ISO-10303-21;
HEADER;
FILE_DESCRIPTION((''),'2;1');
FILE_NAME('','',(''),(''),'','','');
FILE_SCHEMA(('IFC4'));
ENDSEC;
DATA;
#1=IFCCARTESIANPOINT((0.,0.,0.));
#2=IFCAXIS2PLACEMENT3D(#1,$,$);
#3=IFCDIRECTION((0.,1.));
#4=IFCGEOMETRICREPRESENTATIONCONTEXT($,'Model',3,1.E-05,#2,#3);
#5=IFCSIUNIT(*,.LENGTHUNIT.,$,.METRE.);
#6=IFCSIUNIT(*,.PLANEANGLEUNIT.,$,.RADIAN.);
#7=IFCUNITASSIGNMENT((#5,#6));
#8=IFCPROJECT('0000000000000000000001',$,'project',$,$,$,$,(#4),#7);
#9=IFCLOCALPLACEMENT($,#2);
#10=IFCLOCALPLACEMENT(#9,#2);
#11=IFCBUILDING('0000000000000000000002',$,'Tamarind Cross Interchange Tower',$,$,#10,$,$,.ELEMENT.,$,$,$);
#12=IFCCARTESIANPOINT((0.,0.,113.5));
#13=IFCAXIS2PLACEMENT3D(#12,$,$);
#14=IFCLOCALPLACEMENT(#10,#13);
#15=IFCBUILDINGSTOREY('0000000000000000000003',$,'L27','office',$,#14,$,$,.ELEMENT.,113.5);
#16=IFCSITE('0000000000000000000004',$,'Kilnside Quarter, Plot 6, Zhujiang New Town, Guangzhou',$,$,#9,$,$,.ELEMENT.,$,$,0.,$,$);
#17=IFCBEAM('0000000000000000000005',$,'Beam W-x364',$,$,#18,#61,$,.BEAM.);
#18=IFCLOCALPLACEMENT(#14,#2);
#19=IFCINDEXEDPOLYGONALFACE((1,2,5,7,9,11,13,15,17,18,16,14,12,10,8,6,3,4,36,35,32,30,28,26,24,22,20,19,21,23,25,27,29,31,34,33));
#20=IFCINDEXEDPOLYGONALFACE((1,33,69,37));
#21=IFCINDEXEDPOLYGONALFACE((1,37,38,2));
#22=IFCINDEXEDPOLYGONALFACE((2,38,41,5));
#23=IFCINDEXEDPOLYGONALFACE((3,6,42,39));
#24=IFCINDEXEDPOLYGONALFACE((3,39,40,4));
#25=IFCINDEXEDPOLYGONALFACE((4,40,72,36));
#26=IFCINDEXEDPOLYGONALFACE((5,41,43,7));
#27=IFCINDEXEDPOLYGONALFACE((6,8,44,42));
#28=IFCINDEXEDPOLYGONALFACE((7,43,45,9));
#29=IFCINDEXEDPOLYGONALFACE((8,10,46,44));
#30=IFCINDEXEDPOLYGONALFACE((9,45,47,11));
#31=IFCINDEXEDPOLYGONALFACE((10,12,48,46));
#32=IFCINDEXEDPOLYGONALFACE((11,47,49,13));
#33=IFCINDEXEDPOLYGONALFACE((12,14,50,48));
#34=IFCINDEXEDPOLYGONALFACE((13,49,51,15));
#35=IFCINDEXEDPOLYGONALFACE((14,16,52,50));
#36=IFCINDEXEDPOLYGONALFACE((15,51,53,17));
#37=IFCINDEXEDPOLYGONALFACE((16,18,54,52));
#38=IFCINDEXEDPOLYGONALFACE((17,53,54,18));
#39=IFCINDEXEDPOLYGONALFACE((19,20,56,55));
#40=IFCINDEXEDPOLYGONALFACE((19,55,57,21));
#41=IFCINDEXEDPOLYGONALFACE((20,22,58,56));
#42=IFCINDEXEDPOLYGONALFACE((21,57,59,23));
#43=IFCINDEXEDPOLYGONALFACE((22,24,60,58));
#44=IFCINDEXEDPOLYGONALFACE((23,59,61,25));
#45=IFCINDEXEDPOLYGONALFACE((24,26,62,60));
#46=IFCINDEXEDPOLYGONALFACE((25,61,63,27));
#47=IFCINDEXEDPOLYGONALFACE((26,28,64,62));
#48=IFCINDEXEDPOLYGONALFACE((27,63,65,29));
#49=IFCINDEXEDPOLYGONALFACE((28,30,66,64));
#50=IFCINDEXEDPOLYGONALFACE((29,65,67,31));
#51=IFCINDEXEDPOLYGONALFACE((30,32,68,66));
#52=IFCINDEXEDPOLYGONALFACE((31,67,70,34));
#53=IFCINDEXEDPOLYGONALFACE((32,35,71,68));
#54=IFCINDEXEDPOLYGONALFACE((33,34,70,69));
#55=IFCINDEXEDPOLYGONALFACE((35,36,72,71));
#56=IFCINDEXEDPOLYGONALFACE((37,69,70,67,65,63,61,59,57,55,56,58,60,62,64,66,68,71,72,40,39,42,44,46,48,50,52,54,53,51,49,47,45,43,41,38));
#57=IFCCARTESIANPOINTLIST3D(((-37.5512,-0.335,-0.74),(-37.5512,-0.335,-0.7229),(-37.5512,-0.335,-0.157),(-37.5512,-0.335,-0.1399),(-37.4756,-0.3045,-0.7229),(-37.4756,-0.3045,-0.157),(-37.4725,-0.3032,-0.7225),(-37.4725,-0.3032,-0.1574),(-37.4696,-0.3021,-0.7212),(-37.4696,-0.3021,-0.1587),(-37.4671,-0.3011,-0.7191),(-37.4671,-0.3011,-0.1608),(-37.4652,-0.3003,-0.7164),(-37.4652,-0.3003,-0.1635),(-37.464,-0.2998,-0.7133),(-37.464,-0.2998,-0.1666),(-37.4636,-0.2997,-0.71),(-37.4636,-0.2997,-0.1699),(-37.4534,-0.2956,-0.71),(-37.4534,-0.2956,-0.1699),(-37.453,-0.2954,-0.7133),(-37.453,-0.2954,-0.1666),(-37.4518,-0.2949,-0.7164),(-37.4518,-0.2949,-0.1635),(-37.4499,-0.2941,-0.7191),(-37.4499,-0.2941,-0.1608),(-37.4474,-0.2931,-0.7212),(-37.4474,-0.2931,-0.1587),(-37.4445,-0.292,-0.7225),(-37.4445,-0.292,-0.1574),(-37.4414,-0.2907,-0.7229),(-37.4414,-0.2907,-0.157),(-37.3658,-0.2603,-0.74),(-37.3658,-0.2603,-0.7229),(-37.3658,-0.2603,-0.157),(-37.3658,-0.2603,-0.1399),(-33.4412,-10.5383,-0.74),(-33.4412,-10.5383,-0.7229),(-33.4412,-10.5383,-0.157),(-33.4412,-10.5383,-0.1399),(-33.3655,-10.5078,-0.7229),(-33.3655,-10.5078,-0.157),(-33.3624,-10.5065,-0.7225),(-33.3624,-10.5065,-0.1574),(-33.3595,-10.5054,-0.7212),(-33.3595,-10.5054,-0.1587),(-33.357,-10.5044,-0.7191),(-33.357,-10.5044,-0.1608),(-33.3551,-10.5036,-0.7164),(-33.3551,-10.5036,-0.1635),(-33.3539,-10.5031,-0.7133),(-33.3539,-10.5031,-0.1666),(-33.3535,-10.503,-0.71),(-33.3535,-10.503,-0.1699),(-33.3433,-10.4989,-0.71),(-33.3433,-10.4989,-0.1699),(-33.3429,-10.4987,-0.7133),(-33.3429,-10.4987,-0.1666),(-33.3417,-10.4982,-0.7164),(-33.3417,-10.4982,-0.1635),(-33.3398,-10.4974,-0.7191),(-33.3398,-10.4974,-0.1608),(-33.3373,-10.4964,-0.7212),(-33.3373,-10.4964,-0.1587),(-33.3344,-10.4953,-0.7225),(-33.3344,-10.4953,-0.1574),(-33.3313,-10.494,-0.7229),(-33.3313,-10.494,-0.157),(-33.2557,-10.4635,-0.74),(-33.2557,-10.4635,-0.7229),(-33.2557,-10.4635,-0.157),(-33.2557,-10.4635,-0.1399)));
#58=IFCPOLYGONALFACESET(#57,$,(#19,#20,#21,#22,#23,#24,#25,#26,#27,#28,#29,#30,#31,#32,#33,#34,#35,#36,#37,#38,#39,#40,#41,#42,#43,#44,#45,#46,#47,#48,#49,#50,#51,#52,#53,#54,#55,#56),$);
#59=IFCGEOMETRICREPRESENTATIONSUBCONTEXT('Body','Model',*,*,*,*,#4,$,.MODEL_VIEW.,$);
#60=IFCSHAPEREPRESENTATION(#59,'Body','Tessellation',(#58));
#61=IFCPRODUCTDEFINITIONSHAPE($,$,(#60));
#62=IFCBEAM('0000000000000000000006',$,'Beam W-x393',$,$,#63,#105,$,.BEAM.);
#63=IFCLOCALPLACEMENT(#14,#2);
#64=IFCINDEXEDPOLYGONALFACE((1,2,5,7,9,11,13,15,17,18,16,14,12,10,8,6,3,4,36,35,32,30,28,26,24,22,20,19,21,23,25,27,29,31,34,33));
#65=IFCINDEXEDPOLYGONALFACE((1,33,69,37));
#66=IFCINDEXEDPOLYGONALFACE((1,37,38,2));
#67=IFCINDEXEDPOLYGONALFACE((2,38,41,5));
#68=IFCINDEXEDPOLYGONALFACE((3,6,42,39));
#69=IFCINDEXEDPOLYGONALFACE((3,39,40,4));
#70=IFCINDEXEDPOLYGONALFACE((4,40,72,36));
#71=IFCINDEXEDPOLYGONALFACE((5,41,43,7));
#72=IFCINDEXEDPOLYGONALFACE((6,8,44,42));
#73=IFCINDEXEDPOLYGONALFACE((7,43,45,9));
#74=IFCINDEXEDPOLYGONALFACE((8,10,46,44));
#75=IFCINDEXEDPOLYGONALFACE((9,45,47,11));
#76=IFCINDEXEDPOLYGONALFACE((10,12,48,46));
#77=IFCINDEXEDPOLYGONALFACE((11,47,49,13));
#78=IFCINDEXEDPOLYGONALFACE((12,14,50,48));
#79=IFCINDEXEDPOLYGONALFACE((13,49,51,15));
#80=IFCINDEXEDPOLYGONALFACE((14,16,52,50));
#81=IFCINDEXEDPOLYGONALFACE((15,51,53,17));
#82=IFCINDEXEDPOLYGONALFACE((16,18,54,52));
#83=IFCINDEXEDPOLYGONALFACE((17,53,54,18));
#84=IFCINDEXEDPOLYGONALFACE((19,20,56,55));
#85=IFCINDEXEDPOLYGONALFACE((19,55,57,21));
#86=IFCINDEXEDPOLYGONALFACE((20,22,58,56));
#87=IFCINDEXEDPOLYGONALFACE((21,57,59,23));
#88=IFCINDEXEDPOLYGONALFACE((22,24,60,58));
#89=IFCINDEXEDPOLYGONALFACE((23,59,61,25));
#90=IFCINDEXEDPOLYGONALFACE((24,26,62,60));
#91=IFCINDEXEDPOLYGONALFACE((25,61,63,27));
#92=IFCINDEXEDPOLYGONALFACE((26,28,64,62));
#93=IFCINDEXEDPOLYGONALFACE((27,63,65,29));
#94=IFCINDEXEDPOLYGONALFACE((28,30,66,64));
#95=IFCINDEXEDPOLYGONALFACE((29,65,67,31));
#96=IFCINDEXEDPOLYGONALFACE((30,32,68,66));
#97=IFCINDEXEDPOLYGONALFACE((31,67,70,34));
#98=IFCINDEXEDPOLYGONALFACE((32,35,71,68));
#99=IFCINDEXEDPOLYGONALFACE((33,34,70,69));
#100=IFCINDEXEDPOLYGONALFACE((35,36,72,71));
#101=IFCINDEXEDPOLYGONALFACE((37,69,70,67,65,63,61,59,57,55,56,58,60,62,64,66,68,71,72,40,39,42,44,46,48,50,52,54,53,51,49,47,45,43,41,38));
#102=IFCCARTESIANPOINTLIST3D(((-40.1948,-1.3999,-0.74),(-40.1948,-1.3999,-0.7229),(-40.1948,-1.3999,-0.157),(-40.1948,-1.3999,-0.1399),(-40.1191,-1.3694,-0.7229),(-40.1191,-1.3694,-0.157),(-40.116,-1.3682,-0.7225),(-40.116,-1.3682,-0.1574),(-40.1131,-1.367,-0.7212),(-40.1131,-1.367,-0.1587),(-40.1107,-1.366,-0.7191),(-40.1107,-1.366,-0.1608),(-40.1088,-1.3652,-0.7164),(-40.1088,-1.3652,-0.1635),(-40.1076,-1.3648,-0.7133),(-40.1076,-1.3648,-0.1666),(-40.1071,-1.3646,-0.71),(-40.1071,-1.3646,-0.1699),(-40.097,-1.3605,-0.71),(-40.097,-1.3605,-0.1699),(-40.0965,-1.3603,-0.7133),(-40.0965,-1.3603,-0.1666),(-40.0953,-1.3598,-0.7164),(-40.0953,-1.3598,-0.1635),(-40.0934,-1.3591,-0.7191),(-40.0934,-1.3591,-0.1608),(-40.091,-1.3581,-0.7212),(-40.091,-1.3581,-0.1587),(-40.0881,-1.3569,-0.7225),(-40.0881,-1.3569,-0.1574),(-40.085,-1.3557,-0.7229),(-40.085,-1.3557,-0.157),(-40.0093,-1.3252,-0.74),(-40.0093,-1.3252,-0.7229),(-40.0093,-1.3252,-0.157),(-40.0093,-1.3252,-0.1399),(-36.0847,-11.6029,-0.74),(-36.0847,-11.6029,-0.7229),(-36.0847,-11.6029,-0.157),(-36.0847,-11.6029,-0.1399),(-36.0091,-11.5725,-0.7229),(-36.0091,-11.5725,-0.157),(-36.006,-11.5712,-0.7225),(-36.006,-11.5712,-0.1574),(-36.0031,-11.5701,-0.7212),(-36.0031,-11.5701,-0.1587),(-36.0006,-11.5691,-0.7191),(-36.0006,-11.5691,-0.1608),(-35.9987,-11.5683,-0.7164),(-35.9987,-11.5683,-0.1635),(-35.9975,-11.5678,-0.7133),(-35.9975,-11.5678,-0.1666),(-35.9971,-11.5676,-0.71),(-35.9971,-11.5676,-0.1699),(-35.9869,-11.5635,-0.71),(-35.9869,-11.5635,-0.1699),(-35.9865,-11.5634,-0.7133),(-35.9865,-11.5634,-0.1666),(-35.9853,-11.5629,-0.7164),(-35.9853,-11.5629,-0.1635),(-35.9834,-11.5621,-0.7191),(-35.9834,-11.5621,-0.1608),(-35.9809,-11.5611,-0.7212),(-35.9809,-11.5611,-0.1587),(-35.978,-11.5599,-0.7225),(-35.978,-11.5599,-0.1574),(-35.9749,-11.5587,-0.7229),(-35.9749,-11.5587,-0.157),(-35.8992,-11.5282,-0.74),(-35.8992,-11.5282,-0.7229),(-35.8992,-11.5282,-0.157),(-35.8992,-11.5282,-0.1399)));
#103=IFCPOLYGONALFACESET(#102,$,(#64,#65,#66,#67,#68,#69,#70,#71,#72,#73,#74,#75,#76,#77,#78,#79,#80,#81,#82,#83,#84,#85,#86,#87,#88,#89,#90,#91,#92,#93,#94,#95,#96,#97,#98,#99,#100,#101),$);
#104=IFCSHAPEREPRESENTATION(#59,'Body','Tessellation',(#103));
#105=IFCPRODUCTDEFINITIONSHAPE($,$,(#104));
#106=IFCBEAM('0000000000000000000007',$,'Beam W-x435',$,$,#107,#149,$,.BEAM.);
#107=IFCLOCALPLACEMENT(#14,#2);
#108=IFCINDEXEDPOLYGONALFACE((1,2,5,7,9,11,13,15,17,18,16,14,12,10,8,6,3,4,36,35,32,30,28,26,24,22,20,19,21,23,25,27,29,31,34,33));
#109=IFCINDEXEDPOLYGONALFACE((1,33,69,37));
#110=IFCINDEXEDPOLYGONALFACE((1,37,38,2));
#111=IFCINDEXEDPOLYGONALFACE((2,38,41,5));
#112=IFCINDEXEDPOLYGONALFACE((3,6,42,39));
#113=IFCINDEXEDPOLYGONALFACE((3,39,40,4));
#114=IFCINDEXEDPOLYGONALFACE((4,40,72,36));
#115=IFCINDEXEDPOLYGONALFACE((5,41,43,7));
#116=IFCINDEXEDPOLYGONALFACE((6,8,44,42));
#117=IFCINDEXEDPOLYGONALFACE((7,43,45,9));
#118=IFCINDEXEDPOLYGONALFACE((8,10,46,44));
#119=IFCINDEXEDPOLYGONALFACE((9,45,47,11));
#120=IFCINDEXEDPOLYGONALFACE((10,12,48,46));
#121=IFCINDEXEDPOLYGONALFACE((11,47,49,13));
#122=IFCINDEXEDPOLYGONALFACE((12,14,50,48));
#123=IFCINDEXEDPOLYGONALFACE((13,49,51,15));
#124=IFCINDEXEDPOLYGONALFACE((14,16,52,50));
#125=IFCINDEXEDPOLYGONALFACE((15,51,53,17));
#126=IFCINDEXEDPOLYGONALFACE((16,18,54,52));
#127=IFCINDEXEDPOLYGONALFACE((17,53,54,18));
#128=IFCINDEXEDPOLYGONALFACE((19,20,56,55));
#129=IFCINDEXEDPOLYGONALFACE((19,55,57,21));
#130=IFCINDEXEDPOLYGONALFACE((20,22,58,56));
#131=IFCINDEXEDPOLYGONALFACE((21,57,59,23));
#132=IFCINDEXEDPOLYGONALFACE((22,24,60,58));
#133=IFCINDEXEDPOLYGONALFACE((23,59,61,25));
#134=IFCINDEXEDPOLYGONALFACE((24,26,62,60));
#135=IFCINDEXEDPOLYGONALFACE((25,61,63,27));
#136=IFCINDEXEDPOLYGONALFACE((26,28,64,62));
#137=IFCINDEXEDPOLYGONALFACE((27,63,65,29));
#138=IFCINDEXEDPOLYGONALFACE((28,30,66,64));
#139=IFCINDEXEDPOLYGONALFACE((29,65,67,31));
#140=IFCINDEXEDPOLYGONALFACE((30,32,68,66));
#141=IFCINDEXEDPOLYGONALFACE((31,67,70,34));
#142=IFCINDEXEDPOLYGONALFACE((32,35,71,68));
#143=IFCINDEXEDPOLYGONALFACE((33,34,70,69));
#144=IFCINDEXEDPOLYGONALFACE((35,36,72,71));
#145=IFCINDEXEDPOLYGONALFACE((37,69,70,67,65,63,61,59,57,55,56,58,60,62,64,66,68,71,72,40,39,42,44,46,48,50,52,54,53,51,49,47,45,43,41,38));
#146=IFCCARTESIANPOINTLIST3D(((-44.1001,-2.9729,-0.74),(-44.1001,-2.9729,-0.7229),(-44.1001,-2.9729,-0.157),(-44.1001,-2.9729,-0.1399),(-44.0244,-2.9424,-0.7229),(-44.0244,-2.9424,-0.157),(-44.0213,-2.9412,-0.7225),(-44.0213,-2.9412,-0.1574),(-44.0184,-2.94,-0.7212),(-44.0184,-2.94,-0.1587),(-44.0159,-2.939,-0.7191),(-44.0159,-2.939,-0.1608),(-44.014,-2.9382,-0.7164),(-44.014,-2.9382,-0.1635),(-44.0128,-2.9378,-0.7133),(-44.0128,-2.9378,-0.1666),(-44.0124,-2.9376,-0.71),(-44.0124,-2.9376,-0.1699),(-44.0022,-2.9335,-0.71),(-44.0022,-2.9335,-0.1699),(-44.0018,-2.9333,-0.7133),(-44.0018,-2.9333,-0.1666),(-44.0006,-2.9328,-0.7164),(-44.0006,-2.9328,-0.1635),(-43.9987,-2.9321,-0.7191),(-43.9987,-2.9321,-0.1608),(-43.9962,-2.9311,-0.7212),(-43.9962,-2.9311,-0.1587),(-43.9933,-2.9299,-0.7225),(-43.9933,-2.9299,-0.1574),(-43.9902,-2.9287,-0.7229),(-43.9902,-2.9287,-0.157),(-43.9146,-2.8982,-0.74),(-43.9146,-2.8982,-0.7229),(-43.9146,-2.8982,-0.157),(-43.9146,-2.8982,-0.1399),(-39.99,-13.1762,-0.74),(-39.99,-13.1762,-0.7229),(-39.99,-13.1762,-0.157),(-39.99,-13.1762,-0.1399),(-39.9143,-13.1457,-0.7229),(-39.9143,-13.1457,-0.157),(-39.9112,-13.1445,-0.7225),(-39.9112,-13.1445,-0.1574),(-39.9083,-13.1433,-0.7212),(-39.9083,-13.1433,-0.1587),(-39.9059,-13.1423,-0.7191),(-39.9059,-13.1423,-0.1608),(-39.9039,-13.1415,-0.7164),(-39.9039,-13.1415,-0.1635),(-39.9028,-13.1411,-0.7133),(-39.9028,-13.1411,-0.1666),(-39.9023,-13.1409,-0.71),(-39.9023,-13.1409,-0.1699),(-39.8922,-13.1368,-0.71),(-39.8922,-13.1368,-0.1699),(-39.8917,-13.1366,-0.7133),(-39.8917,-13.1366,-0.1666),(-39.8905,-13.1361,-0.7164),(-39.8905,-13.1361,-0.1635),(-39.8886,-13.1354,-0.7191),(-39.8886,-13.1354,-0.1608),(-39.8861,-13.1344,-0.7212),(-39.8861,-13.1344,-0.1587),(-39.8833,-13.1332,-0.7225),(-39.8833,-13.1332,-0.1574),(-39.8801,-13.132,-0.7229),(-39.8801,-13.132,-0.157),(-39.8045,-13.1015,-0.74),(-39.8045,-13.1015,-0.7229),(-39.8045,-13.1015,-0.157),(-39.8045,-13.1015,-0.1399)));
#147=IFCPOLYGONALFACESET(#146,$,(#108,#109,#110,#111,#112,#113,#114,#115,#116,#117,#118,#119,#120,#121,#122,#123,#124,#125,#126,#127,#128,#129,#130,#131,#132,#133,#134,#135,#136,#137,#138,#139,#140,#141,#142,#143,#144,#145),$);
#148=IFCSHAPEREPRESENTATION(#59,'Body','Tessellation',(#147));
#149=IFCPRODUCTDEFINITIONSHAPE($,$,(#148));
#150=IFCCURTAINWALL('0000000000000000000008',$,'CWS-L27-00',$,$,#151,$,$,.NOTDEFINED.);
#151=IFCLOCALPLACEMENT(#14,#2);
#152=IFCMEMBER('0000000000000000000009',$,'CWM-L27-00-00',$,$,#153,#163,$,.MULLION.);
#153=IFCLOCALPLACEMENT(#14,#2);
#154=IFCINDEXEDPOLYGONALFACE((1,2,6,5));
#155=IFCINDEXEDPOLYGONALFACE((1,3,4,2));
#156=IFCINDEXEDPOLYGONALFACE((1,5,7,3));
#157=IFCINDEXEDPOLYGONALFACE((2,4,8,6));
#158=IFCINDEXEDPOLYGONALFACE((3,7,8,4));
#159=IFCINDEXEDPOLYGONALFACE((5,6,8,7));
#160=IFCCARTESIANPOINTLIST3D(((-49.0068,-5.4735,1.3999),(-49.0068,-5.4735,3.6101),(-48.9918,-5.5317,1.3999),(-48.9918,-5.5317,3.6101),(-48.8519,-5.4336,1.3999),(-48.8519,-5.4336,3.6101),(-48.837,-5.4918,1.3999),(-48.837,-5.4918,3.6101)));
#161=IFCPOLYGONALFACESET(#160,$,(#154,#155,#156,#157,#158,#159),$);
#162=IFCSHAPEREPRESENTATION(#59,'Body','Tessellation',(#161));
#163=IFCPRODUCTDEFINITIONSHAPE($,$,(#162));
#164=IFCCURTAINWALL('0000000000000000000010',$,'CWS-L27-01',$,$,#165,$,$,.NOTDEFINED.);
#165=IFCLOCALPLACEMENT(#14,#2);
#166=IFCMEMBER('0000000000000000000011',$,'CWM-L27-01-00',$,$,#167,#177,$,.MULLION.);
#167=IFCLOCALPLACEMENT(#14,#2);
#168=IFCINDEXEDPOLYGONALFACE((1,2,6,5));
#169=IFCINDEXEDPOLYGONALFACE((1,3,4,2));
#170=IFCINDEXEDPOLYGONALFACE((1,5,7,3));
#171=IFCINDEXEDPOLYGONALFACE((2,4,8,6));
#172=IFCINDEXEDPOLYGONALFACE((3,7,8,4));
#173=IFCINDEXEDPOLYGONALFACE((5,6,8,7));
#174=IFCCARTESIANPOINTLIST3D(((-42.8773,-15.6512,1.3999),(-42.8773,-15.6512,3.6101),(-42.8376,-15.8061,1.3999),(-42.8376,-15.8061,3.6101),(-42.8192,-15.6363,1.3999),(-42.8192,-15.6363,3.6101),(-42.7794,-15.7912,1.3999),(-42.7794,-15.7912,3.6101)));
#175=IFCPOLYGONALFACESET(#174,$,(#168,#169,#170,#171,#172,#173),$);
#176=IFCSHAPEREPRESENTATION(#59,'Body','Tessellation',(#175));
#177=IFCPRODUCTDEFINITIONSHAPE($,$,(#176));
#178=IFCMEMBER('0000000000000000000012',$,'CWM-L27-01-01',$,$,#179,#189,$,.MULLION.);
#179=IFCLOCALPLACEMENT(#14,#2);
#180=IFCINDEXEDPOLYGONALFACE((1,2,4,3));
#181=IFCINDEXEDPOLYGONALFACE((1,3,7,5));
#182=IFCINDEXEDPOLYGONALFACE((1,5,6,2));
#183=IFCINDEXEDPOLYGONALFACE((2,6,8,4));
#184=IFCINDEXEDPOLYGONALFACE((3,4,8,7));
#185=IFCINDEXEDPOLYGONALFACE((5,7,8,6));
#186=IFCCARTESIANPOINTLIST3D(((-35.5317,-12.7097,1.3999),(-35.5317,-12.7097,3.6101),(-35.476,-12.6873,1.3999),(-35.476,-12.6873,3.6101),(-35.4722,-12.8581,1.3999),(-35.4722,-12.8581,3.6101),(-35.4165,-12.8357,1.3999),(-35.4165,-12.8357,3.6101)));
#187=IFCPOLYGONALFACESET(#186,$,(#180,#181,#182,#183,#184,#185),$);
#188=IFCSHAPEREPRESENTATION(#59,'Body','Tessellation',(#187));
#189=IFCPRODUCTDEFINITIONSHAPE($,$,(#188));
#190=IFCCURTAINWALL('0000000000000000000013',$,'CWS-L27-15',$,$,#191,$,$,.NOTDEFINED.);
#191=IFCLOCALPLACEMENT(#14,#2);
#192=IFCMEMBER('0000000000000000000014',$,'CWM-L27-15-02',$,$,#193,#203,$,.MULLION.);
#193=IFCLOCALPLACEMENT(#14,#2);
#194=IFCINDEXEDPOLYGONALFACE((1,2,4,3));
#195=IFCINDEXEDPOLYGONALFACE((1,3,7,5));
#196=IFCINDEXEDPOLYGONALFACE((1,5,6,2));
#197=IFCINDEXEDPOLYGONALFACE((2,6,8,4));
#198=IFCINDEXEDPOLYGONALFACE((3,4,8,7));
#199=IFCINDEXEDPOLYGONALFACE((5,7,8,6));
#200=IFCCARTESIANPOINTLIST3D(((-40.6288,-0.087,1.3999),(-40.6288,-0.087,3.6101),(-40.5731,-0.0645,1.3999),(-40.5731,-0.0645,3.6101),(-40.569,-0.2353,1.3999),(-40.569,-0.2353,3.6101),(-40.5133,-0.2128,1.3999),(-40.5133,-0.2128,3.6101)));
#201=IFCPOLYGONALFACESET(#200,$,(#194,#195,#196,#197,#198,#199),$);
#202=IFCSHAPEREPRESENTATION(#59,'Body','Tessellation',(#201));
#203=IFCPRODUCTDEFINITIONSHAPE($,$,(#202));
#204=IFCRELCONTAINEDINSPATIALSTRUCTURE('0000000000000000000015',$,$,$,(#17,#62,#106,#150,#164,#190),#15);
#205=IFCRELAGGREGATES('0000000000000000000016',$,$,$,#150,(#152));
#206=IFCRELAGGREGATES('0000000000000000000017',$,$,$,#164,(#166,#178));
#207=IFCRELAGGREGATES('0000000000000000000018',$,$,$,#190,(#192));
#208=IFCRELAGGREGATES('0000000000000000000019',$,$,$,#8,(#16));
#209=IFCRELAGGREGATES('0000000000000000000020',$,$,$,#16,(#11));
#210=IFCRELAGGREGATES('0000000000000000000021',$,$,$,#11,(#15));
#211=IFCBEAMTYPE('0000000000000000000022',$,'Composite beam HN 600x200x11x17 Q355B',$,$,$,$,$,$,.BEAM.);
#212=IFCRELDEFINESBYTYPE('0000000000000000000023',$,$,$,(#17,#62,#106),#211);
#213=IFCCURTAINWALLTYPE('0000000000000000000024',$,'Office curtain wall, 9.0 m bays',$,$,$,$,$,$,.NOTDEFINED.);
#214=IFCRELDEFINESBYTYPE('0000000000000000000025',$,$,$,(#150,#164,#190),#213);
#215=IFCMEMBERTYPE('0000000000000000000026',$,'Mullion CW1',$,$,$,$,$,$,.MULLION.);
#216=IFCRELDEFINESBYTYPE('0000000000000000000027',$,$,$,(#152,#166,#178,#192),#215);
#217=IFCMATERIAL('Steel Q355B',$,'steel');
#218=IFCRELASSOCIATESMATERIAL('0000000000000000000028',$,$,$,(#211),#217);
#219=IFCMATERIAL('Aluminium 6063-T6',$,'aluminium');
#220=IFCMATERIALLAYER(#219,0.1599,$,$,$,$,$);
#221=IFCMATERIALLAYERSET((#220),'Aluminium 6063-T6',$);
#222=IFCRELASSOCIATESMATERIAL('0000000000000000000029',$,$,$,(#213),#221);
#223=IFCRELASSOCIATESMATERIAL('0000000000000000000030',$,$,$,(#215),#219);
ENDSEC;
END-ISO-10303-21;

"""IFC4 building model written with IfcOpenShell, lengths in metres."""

from ifc_helpers import new_model, si_unit, direction, frame, origin, origin_2d, place, context, subcontext, project, spatial, rectangle, i_section, extrude, material, layer, layer_set, material_profile, profile_set, type_object, element, aggregate, save


model = new_model("IFC4")

# Units and contexts
model_context = context("Model", 3, precision=1e-05, world=origin(), true_north=direction((0.0, 1.0)))
body_context = subcontext(model_context, "Body", "Model", "MODEL_VIEW")
ifc_project = project(units=[si_unit("LENGTHUNIT", "METRE"), si_unit("PLANEANGLEUNIT", "RADIAN")], contexts=[model_context])

# Site, building, storey
site_placement = place(None, origin())
site = spatial("IfcSite", under=ifc_project, at=site_placement, Name="Kilnside Quarter, Plot 6, Zhujiang New Town, Guangzhou", CompositionType="ELEMENT", RefElevation=0.0)
building_placement = place(site_placement, origin())
building = spatial("IfcBuilding", under=site, at=building_placement, Name="Tamarind Cross Interchange Tower", CompositionType="ELEMENT")
storey_placement = place(building_placement, frame((0.0, 0.0, 113.5)))
storey = spatial("IfcBuildingStorey", under=building, at=storey_placement, Name="L27", Description="office", CompositionType="ELEMENT", Elevation=113.5)

# Beams
ifc_material_1 = material(Name="Steel Q355B", Category="steel")
ifc_material_profile_1 = material_profile(ifc_material_1, i_section(OverallWidth=0.2, OverallDepth=0.6001, WebThickness=0.011, FlangeThickness=0.0171, FilletRadius=0.0129, at=origin_2d()), Name="HN 600x200x11x17")
ifc_profile_set_1 = profile_set([ifc_material_profile_1], Name="Steel Q355B")
beam_type_1 = type_object("IfcBeamType", Name="Composite beam HN 600x200x11x17 Q355B", PredefinedType="BEAM", material=ifc_profile_set_1)
beam_1_placement = place(storey_placement, frame((-37.4585, -0.2976, -0.4399), z_axis=(0.373643, -0.927572, 0.0), x_axis=(0.927572, 0.373643, 0.0)))
element("IfcBeam", 1, at=beam_1_placement, inside=storey, type_object=beam_type_1, Name="Beam W-x364", PredefinedType="BEAM", context=body_context, shape_type="SweptSolid", body=[
    extrude(i_section(OverallWidth=0.2, OverallDepth=0.6001, WebThickness=0.011, FlangeThickness=0.0171, FilletRadius=0.0129, at=origin_2d()), origin(), (0.0, 0.0, 1.0), 11.0),
])
beam_2_placement = place(storey_placement, frame((-40.1021, -1.3625, -0.4399), z_axis=(0.373651, -0.927569, 0.0), x_axis=(0.927569, 0.373651, 0.0)))
element("IfcBeam", 2, at=beam_2_placement, inside=storey, type_object=beam_type_1, Name="Beam W-x393", PredefinedType="BEAM", context=body_context, shape_type="SweptSolid", body=[
    extrude(i_section(OverallWidth=0.2, OverallDepth=0.6001, WebThickness=0.011, FlangeThickness=0.0171, FilletRadius=0.0129, at=origin_2d()), origin(), (0.0, 0.0, 1.0), 10.9998),
])
beam_3_placement = place(storey_placement, frame((-44.0073, -2.9355, -0.4399), z_axis=(0.373643, -0.927572, 0.0), x_axis=(0.927572, 0.373643, 0.0)))
element("IfcBeam", 3, at=beam_3_placement, inside=storey, type_object=beam_type_1, Name="Beam W-x435", PredefinedType="BEAM", context=body_context, shape_type="SweptSolid", body=[
    extrude(i_section(OverallWidth=0.2, OverallDepth=0.6001, WebThickness=0.011, FlangeThickness=0.0171, FilletRadius=0.0129, at=origin_2d()), origin(), (0.0, 0.0, 1.0), 11.0),
])

# Curtain wall, member
ifc_material_2 = material(Name="Aluminium 6063-T6", Category="aluminium")
ifc_layer_1 = layer(ifc_material_2, 0.1599)
ifc_layer_set_1 = layer_set([ifc_layer_1], Name="Aluminium 6063-T6")
curtain_wall_type = type_object("IfcCurtainWallType", Name="Office curtain wall, 9.0 m bays", PredefinedType="NOTDEFINED", material=ifc_layer_set_1)
curtain_wall_1_placement = place(storey_placement, origin())
curtain_wall_1 = element("IfcCurtainWall", 4, at=curtain_wall_1_placement, inside=storey, type_object=curtain_wall_type, Name="CWS-L27-00", PredefinedType="NOTDEFINED")
ifc_material_profile_2 = material_profile(ifc_material_2, rectangle(XDim=0.0601, YDim=0.1599, at=origin_2d()), Name="Mullion CW1")
ifc_profile_set_2 = profile_set([ifc_material_profile_2], Name="Aluminium 6063-T6")
member_type = type_object("IfcMemberType", Name="Mullion CW1", PredefinedType="MULLION", material=ifc_profile_set_2)
member_1_placement = place(storey_placement, frame((-48.9219, -5.4827, 1.3999), z_axis=(0.0, 0.0, 1.0), x_axis=(0.24938, -0.968406, 0.0)))
member_1 = element("IfcMember", 5, at=member_1_placement, type_object=member_type, Name="CWM-L27-00-00", PredefinedType="MULLION", context=body_context, shape_type="SweptSolid", body=[
    extrude(rectangle(XDim=0.0601, YDim=0.1599, at=origin_2d()), origin(), (0.0, 0.0, 1.0), 2.2102),
])
aggregate(curtain_wall_1, [member_1])

# Curtain wall, members
curtain_wall_2_placement = place(storey_placement, origin())
curtain_wall_2 = element("IfcCurtainWall", 6, at=curtain_wall_2_placement, inside=storey, type_object=curtain_wall_type, Name="CWS-L27-01", PredefinedType="NOTDEFINED")
member_2_placement = place(storey_placement, frame((-42.8284, -15.7212, 1.3999), z_axis=(0.0, 0.0, 1.0), x_axis=(0.96861, 0.248584, 0.0)))
member_2 = element("IfcMember", 7, at=member_2_placement, type_object=member_type, Name="CWM-L27-01-00", PredefinedType="MULLION", context=body_context, shape_type="SweptSolid", body=[
    extrude(rectangle(XDim=0.0601, YDim=0.1599, at=origin_2d()), origin(), (0.0, 0.0, 1.0), 2.2102),
])
member_3_placement = place(storey_placement, frame((-35.4741, -12.7727, 1.3999), z_axis=(0.0, 0.0, 1.0), x_axis=(0.928183, 0.372124, 0.0)))
member_3 = element("IfcMember", 8, at=member_3_placement, type_object=member_type, Name="CWM-L27-01-01", PredefinedType="MULLION", context=body_context, shape_type="SweptSolid", body=[
    extrude(rectangle(XDim=0.0601, YDim=0.1599, at=origin_2d()), origin(), (0.0, 0.0, 1.0), 2.2102),
])
aggregate(curtain_wall_2, [member_2, member_3])

# Curtain wall, member
curtain_wall_3_placement = place(storey_placement, origin())
curtain_wall_3 = element("IfcCurtainWall", 9, at=curtain_wall_3_placement, inside=storey, type_object=curtain_wall_type, Name="CWS-L27-15", PredefinedType="NOTDEFINED")
member_4_placement = place(storey_placement, frame((-40.571, -0.1499, 1.3999), z_axis=(0.0, 0.0, 1.0), x_axis=(-0.92757, -0.373648, 0.0)))
member_4 = element("IfcMember", 10, at=member_4_placement, type_object=member_type, Name="CWM-L27-15-02", PredefinedType="MULLION", context=body_context, shape_type="SweptSolid", body=[
    extrude(rectangle(XDim=0.0601, YDim=0.1599, at=origin_2d()), origin(), (0.0, 0.0, 1.0), 2.2102),
])
aggregate(curtain_wall_3, [member_4])

save(model, "model.ifc")
